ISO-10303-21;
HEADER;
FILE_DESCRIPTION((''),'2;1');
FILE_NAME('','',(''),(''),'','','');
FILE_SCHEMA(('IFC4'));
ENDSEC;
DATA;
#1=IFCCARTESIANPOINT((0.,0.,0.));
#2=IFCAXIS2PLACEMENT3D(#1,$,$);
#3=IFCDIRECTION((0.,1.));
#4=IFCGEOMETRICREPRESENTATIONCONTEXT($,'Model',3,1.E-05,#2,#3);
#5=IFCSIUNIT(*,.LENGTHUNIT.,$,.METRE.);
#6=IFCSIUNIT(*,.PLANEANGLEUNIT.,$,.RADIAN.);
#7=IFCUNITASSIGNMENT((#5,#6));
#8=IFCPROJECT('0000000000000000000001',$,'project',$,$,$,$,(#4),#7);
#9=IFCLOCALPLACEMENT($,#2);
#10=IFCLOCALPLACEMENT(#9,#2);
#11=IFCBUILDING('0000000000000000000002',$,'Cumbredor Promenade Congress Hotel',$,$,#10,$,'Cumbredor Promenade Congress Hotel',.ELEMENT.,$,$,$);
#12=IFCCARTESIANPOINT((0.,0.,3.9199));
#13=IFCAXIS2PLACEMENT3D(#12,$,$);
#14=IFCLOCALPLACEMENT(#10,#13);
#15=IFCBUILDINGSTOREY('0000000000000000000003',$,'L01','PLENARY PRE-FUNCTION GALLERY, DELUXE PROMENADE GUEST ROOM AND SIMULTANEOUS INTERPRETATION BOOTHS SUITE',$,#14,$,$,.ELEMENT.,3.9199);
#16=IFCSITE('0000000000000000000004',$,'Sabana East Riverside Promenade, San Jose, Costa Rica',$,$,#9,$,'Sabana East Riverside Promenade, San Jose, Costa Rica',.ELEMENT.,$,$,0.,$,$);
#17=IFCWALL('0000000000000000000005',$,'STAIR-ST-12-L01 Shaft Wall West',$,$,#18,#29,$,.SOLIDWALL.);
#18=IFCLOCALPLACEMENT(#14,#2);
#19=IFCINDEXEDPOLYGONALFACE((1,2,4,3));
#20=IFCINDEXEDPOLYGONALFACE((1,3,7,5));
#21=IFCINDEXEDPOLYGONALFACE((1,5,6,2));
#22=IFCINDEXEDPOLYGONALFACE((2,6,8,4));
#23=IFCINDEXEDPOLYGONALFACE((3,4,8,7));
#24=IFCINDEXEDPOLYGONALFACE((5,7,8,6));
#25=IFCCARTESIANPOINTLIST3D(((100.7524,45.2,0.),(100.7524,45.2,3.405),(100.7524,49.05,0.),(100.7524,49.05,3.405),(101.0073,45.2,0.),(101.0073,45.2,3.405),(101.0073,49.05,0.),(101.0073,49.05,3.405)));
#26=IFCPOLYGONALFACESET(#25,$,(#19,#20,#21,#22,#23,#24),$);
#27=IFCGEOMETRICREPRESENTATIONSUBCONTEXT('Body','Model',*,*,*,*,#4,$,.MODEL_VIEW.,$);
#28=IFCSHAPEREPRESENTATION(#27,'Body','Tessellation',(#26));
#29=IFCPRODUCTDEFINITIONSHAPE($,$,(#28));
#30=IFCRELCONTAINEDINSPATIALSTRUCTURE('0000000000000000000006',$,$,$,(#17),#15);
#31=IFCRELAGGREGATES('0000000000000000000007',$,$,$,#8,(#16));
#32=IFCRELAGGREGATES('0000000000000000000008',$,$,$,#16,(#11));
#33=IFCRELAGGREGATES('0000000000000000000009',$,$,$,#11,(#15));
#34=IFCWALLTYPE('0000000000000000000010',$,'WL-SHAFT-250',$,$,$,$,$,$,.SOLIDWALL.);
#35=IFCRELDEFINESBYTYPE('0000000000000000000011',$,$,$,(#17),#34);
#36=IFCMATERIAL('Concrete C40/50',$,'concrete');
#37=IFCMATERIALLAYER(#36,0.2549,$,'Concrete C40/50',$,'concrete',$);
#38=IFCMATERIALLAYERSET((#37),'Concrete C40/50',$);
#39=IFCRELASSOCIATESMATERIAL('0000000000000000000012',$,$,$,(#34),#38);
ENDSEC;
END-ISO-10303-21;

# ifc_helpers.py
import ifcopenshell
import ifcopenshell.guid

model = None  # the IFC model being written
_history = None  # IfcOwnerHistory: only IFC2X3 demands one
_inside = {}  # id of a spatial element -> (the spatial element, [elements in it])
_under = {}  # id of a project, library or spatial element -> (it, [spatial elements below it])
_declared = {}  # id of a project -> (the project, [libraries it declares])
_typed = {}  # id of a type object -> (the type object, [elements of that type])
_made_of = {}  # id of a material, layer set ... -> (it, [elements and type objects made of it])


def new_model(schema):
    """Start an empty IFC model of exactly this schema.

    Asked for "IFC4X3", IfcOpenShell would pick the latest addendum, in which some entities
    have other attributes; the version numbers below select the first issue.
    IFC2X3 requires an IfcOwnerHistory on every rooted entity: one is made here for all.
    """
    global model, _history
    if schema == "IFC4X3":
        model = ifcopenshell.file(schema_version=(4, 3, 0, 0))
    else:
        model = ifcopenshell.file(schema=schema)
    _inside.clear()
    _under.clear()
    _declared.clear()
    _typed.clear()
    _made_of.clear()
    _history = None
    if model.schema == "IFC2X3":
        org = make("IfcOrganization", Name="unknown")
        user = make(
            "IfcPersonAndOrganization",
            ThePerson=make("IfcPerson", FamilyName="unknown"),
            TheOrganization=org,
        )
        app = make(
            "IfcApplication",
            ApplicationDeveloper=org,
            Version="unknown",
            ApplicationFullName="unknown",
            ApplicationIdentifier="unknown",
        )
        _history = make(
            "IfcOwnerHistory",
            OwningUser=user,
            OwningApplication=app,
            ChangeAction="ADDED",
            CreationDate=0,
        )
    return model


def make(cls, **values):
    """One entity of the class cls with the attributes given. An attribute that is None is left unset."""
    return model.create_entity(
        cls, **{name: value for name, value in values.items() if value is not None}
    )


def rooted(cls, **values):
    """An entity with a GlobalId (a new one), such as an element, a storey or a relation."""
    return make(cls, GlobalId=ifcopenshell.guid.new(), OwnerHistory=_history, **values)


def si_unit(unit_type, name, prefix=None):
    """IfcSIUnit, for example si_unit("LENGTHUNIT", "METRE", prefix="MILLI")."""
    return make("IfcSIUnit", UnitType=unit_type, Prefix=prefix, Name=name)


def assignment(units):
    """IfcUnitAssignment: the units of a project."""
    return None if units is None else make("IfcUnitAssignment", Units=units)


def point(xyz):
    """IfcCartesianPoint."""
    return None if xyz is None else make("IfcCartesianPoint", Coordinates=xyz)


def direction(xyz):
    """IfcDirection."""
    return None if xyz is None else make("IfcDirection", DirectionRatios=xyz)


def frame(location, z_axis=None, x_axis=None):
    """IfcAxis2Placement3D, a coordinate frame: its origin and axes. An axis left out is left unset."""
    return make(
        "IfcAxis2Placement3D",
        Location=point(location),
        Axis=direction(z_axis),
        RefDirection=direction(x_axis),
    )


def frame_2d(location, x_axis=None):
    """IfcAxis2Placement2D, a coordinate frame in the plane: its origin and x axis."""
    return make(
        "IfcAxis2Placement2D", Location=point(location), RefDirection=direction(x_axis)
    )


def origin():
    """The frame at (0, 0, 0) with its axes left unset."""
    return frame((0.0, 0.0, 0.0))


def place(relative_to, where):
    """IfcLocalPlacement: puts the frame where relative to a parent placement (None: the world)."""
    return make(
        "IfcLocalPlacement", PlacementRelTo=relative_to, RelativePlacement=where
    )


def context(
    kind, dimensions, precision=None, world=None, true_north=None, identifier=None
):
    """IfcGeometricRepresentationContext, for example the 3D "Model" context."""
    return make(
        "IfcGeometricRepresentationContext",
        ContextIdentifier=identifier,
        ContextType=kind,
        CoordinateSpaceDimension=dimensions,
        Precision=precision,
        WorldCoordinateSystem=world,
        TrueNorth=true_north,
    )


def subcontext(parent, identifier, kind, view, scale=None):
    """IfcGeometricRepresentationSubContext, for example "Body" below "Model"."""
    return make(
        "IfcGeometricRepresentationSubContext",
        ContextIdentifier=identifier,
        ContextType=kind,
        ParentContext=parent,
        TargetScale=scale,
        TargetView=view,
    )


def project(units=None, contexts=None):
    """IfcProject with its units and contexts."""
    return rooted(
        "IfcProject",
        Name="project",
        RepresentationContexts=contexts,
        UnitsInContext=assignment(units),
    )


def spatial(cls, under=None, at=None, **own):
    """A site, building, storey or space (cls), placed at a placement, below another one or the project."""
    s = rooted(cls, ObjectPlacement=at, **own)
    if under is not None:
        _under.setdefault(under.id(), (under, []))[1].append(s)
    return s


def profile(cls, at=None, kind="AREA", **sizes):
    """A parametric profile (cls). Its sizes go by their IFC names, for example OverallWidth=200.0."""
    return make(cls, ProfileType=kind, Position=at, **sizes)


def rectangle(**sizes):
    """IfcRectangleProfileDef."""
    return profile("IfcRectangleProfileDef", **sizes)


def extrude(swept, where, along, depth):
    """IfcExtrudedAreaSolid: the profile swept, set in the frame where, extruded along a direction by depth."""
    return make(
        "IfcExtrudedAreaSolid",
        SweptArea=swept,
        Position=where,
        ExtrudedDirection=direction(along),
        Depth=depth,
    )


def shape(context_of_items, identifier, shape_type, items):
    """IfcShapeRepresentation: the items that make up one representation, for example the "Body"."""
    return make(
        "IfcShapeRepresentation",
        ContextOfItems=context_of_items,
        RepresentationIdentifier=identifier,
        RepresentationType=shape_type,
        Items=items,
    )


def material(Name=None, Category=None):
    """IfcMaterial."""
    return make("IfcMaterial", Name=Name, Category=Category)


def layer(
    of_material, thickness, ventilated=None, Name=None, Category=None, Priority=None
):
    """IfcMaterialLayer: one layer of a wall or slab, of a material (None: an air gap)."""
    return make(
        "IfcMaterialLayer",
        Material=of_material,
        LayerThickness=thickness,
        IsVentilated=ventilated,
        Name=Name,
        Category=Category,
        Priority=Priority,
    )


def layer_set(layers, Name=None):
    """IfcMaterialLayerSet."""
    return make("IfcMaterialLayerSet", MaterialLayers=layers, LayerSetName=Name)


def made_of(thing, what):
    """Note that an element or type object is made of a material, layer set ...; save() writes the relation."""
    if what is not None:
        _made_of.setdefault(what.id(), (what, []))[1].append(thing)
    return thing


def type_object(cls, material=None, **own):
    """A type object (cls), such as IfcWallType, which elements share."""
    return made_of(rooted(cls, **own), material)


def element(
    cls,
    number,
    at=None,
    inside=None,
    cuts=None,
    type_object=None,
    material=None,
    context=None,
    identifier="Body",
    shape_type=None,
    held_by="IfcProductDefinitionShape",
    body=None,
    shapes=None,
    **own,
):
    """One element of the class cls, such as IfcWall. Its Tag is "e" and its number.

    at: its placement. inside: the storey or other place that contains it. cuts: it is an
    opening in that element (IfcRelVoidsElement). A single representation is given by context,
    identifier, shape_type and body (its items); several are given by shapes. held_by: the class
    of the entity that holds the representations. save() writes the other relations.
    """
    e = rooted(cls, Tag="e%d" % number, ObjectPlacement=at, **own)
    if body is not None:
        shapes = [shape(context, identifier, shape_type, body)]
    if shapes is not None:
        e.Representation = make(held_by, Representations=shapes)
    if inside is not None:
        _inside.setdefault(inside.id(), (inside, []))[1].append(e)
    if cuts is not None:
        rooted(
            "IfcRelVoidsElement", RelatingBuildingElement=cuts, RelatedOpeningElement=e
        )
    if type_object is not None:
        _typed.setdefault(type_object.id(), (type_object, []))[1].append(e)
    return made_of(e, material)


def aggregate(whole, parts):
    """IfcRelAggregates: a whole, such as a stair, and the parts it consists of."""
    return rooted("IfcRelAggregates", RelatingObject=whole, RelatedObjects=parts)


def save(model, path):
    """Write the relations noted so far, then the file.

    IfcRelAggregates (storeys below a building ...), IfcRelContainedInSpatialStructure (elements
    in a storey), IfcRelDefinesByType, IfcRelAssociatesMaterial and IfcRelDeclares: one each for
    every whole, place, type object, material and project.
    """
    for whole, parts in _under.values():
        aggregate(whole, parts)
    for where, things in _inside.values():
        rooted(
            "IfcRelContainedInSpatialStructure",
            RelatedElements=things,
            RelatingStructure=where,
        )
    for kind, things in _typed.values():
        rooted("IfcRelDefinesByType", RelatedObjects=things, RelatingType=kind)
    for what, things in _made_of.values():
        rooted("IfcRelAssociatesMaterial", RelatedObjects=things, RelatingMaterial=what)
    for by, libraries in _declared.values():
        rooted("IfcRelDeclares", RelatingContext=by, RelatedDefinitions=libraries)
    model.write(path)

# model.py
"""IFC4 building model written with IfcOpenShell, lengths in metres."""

from ifc_helpers import new_model, si_unit, direction, frame, frame_2d, origin, place, context, subcontext, project, spatial, rectangle, extrude, material, layer, layer_set, type_object, element, save


model = new_model("IFC4")

# Units and contexts
model_context = context("Model", 3, precision=1e-05, world=origin(), true_north=direction((0.0, 1.0)))
body_context = subcontext(model_context, "Body", "Model", "MODEL_VIEW")
ifc_project = project(units=[si_unit("LENGTHUNIT", "METRE"), si_unit("PLANEANGLEUNIT", "RADIAN")], contexts=[model_context])

# Site, building, storey
site_placement = place(None, origin())
site = spatial("IfcSite", under=ifc_project, at=site_placement, Name="Sabana East Riverside Promenade, San Jose, Costa Rica", LongName="Sabana East Riverside Promenade, San Jose, Costa Rica", CompositionType="ELEMENT", RefElevation=0.0)
building_placement = place(site_placement, origin())
building = spatial("IfcBuilding", under=site, at=building_placement, Name="Cumbredor Promenade Congress Hotel", LongName="Cumbredor Promenade Congress Hotel", CompositionType="ELEMENT")
storey_placement = place(building_placement, frame((0.0, 0.0, 3.9199)))
storey = spatial("IfcBuildingStorey", under=building, at=storey_placement, Name="L01", Description="PLENARY PRE-FUNCTION GALLERY, DELUXE PROMENADE GUEST ROOM AND SIMULTANEOUS INTERPRETATION BOOTHS SUITE", CompositionType="ELEMENT", Elevation=3.9199)

# Shared definitions
ifc_material_1 = material(Name="Concrete C40/50", Category="concrete")

# Shared definitions
ifc_layer_1 = layer(ifc_material_1, 0.2549, Name="Concrete C40/50", Category="concrete")
ifc_layer_set_1 = layer_set([ifc_layer_1], Name="Concrete C40/50")
wall_type_1 = type_object("IfcWallType", Name="WL-SHAFT-250", PredefinedType="SOLIDWALL", material=ifc_layer_set_1)

# Wall
wall_1_placement = place(storey_placement, frame((100.8799, 45.2, 0.0), z_axis=(0.0, 0.0, 1.0), x_axis=(0.0, 1.0, 0.0)))
element("IfcWall", 1, at=wall_1_placement, inside=storey, type_object=wall_type_1, Name="STAIR-ST-12-L01 Shaft Wall West", PredefinedType="SOLIDWALL", context=body_context, shape_type="SweptSolid", body=[
    extrude(rectangle(XDim=3.8501, YDim=0.2549, at=frame_2d((1.925, 0.0))), origin(), (0.0, 0.0, 1.0), 3.405),
])

save(model, "model.ifc")
